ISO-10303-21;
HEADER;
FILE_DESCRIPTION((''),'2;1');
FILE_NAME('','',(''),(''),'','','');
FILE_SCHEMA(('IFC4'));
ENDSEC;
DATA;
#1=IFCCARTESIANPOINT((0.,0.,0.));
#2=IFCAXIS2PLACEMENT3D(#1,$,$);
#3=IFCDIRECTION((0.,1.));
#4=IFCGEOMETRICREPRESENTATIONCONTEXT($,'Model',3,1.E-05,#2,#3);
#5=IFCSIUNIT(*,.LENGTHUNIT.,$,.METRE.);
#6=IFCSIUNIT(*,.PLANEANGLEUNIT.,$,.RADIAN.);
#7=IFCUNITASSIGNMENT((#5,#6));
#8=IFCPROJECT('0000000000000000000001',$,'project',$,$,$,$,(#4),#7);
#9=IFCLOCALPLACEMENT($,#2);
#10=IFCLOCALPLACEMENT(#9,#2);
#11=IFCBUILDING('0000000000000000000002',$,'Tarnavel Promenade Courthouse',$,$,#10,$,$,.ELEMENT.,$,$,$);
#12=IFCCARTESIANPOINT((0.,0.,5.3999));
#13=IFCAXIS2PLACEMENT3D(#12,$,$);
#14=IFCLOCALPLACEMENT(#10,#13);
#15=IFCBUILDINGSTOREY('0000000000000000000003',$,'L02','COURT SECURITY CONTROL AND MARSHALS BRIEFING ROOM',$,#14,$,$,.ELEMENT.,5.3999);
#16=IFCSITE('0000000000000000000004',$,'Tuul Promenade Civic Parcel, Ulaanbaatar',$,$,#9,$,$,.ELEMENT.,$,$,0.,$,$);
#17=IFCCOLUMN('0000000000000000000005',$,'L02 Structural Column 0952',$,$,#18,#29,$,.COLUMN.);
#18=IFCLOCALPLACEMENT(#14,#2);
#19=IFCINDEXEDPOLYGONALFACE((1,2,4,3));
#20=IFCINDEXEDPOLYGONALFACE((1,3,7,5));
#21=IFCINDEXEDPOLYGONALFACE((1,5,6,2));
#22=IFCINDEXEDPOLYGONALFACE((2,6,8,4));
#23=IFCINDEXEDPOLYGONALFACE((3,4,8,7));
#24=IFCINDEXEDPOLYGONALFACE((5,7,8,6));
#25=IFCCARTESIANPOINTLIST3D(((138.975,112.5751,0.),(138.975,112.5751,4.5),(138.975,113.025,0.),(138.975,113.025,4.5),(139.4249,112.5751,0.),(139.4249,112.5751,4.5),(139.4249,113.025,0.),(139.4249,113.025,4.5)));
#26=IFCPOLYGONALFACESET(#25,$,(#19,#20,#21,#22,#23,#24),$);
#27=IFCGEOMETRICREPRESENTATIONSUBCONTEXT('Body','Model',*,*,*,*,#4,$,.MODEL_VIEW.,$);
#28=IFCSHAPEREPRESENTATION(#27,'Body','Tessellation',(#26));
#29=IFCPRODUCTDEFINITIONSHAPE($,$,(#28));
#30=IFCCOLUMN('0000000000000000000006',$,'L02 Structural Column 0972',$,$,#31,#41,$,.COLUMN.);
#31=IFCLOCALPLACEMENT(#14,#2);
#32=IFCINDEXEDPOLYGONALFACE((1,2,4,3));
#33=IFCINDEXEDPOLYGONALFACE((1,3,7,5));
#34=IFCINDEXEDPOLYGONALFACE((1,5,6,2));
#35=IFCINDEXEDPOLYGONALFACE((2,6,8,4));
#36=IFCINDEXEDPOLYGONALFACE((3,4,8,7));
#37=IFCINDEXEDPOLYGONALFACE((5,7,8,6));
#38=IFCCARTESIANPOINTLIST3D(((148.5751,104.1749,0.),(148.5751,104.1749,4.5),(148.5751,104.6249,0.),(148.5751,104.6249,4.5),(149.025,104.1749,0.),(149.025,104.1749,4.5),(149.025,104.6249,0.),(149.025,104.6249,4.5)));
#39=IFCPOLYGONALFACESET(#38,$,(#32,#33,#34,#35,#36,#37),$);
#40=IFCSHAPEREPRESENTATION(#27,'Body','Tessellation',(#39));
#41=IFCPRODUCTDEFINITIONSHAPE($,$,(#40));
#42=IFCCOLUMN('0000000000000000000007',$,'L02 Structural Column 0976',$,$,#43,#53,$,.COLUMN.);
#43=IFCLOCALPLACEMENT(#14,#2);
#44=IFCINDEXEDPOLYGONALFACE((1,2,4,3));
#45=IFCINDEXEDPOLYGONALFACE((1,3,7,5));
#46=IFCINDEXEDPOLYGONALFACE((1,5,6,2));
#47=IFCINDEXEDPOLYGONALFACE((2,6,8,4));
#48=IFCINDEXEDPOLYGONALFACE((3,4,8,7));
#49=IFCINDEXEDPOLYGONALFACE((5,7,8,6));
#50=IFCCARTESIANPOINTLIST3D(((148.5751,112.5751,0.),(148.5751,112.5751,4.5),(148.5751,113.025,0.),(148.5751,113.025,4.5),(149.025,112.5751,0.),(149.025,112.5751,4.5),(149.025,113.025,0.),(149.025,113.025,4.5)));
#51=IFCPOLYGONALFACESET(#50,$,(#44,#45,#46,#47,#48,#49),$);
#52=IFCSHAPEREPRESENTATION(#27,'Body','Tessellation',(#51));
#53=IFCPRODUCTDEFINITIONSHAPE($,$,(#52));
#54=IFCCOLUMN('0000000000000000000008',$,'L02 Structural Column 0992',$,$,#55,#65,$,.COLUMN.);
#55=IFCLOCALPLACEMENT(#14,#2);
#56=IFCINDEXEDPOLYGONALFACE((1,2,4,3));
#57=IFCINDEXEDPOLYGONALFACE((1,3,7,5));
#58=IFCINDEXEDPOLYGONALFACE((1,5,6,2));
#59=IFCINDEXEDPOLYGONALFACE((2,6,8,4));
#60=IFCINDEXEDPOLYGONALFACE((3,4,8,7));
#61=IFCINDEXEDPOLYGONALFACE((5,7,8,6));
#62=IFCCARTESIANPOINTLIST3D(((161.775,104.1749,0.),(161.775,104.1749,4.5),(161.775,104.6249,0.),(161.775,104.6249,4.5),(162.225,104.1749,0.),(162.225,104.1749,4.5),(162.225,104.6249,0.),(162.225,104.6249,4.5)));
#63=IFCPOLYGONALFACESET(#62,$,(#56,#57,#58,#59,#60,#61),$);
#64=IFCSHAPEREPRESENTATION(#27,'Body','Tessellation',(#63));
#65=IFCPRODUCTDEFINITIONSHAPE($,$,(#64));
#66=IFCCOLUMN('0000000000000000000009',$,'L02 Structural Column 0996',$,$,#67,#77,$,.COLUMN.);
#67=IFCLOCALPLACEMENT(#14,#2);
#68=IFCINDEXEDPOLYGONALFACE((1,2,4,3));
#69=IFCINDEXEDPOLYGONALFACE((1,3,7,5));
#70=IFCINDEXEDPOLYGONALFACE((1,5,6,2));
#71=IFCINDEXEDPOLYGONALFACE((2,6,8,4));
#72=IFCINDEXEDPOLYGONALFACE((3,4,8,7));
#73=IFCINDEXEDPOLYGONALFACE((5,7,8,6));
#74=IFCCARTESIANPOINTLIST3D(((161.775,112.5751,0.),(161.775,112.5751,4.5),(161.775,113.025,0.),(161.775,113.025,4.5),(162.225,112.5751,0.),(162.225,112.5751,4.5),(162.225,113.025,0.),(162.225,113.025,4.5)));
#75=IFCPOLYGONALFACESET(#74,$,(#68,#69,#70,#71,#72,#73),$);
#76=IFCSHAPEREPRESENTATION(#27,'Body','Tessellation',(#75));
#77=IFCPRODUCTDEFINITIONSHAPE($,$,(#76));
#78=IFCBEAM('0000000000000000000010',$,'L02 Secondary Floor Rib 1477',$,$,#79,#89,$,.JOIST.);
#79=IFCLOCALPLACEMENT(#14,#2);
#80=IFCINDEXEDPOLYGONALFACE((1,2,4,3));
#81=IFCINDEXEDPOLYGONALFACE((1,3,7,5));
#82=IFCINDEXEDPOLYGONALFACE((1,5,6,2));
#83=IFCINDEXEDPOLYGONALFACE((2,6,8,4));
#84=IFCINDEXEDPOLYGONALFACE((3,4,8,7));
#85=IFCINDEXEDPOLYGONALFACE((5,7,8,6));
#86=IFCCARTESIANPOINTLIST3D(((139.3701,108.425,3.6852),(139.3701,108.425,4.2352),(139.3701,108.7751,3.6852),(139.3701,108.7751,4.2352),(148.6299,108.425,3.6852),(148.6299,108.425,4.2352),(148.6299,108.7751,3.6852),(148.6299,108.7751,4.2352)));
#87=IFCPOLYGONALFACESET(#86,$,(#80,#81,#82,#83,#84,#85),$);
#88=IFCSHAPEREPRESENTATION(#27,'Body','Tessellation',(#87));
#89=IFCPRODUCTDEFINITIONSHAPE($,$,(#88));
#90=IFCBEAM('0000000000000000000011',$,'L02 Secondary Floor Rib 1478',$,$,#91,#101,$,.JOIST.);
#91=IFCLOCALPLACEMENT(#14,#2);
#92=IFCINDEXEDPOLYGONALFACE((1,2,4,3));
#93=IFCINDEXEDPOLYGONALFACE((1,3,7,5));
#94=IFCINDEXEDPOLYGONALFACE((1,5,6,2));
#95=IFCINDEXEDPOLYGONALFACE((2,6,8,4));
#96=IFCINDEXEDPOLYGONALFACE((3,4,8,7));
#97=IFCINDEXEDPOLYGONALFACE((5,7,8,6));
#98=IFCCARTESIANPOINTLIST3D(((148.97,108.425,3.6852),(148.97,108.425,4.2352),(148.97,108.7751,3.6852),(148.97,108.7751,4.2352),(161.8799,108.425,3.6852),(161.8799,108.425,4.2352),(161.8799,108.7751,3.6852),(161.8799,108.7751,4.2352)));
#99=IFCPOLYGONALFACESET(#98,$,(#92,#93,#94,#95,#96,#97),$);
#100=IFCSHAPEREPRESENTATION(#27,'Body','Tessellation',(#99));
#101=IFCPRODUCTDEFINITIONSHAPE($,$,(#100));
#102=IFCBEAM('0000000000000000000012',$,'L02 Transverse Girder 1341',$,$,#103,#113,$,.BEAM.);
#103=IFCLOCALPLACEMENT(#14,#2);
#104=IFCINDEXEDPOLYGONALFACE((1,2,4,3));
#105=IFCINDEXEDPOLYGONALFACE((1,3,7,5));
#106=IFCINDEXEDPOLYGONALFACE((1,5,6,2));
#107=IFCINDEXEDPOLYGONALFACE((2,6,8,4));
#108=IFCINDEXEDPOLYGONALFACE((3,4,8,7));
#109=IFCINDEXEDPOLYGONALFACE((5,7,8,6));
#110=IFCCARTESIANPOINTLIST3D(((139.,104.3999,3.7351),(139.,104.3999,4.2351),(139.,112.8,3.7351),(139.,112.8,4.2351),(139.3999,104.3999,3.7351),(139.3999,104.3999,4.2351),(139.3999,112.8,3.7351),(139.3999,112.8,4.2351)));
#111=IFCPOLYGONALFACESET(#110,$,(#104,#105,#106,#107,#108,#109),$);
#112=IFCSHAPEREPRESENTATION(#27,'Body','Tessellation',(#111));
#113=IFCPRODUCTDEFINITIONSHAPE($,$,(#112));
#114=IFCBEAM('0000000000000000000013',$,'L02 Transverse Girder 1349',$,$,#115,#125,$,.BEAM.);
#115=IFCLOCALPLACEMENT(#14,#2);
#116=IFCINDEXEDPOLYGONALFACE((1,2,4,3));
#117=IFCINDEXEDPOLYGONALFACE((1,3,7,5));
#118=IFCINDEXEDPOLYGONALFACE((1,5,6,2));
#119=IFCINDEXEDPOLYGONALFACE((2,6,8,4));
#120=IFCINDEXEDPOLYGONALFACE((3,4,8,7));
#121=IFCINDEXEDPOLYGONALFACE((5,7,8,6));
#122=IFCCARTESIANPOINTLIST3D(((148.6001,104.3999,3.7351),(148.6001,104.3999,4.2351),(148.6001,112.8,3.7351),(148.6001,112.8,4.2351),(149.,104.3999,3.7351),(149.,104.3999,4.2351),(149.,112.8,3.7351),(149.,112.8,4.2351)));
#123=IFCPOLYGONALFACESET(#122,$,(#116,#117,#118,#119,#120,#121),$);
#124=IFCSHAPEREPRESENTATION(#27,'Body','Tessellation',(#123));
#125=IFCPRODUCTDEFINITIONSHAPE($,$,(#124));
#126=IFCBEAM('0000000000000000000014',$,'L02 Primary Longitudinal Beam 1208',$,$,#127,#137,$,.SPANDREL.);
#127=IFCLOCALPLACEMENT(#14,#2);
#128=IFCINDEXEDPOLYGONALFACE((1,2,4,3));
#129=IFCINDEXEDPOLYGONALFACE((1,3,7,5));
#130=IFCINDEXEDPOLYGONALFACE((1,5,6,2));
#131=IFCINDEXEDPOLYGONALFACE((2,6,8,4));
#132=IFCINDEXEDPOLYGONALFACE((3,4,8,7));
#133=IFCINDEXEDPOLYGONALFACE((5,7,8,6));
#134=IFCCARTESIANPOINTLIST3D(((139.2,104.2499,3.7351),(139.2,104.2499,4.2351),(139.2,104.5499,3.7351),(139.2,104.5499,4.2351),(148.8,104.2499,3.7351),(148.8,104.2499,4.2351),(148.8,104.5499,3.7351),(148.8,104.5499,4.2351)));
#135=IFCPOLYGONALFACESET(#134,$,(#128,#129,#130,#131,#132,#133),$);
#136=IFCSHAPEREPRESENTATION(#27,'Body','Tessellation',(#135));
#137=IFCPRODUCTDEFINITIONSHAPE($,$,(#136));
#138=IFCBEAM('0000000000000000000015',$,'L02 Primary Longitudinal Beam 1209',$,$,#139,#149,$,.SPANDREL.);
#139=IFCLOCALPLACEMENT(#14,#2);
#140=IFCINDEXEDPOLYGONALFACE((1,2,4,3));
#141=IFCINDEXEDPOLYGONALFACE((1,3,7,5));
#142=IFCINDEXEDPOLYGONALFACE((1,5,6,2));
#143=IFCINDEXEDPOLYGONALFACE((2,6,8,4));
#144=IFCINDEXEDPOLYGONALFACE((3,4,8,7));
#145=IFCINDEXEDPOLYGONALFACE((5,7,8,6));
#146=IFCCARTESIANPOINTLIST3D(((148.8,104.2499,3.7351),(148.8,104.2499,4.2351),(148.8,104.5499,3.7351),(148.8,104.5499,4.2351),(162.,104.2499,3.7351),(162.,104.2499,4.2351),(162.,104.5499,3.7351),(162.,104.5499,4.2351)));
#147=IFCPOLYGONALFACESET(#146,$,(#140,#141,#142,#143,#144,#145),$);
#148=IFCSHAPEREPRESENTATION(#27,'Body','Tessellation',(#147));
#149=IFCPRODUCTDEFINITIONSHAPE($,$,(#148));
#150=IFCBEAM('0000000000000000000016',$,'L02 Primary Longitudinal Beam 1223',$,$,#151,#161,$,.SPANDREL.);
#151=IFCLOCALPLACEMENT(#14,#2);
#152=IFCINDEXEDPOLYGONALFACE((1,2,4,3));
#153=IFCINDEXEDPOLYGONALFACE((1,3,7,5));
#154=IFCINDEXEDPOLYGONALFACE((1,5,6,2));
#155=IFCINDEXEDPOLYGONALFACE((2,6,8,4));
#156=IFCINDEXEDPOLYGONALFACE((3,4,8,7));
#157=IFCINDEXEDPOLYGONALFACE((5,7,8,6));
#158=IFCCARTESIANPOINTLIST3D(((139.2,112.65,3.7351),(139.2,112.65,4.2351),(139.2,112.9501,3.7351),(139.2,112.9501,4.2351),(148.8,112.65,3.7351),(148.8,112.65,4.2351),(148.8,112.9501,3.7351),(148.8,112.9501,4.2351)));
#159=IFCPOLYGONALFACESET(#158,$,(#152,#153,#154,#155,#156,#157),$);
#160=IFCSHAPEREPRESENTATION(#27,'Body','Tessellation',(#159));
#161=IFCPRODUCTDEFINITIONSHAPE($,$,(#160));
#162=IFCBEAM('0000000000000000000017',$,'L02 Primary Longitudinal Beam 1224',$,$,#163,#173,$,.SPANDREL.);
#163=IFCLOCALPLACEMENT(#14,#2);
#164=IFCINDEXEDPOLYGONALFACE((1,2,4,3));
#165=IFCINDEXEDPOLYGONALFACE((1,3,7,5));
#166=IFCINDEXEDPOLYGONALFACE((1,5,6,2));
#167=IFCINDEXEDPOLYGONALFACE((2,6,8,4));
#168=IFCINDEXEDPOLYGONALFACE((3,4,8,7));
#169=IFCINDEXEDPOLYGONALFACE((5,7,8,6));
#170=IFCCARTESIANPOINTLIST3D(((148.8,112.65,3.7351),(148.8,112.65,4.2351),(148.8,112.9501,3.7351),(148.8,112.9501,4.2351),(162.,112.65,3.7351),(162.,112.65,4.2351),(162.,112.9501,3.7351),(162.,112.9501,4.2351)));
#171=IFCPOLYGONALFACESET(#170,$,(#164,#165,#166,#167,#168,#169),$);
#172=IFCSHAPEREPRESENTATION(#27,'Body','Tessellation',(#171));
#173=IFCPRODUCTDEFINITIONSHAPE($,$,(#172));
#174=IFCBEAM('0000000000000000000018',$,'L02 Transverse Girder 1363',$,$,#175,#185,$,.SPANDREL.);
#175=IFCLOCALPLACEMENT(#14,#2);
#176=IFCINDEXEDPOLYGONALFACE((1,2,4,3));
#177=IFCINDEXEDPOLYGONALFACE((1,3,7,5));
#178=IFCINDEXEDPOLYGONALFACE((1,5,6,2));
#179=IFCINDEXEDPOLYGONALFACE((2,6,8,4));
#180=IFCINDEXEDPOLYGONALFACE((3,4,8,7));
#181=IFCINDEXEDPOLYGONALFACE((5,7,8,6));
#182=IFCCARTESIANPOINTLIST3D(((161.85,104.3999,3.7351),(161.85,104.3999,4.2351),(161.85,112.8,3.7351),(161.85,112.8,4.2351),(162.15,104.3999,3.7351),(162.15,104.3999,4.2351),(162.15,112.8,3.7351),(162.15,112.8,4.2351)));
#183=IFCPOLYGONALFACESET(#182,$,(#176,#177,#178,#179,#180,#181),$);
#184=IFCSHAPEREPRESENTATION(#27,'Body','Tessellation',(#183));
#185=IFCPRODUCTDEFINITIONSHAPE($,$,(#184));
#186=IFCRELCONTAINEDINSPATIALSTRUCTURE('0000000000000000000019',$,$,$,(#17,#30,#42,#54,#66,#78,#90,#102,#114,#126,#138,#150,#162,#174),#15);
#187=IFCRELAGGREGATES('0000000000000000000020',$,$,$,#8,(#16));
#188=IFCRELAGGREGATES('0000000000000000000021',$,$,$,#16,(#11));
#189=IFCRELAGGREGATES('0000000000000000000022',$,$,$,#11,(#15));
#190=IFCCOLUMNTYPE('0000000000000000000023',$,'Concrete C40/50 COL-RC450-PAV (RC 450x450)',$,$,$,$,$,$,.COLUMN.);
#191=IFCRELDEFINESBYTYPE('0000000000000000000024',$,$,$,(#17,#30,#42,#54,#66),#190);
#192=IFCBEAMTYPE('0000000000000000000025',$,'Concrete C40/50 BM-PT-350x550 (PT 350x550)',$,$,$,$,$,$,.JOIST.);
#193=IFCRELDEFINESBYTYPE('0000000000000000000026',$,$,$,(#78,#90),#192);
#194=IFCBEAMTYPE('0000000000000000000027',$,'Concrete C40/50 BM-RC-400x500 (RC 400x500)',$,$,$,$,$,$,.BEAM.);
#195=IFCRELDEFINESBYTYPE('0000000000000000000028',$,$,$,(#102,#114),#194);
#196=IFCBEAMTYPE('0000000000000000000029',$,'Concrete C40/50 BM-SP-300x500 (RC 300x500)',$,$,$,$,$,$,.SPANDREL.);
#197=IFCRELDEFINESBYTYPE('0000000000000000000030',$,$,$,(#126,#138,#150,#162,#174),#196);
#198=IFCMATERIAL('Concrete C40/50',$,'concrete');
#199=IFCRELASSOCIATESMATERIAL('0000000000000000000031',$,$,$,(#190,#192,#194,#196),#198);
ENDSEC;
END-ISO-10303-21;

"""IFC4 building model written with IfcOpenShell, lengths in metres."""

from ifc_helpers import new_model, si_unit, direction, frame, origin, origin_2d, place, context, subcontext, project, spatial, rectangle, extrude, material, material_profile, profile_set, type_object, element, save


model = new_model("IFC4")

# Units and contexts
model_context = context("Model", 3, precision=1e-05, world=origin(), true_north=direction((0.0, 1.0)))
body_context = subcontext(model_context, "Body", "Model", "MODEL_VIEW")
ifc_project = project(units=[si_unit("LENGTHUNIT", "METRE"), si_unit("PLANEANGLEUNIT", "RADIAN")], contexts=[model_context])

# Site, building, storey
site_placement = place(None, origin())
site = spatial("IfcSite", under=ifc_project, at=site_placement, Name="Tuul Promenade Civic Parcel, Ulaanbaatar", CompositionType="ELEMENT", RefElevation=0.0)
building_placement = place(site_placement, origin())
building = spatial("IfcBuilding", under=site, at=building_placement, Name="Tarnavel Promenade Courthouse", CompositionType="ELEMENT")
storey_placement = place(building_placement, frame((0.0, 0.0, 5.3999)))
storey = spatial("IfcBuildingStorey", under=building, at=storey_placement, Name="L02", Description="COURT SECURITY CONTROL AND MARSHALS BRIEFING ROOM", CompositionType="ELEMENT", Elevation=5.3999)

# Columns
ifc_material_1 = material(Name="Concrete C40/50", Category="concrete")
ifc_material_profile_1 = material_profile(ifc_material_1, rectangle(XDim=0.45, YDim=0.45, at=origin_2d()), Name="RC 450x450")
ifc_profile_set_1 = profile_set([ifc_material_profile_1], Name="Concrete C40/50")
column_type = type_object("IfcColumnType", Name="Concrete C40/50 COL-RC450-PAV (RC 450x450)", PredefinedType="COLUMN", material=ifc_profile_set_1)
for number, where, z_axis, x_axis, name in (
    (1, (139.2, 112.8, 0.0), (0.0, 0.0, 1.0), (1.0, 0.0, 0.0), "L02 Structural Column 0952"),
    (2, (148.8, 104.3999, 0.0), (0.0, 0.0, 1.0), (1.0, 0.0, 0.0), "L02 Structural Column 0972"),
    (3, (148.8, 112.8, 0.0), (0.0, 0.0, 1.0), (1.0, 0.0, 0.0), "L02 Structural Column 0976"),
    (4, (162.0, 104.3999, 0.0), (0.0, 0.0, 1.0), (1.0, 0.0, 0.0), "L02 Structural Column 0992"),
    (5, (162.0, 112.8, 0.0), (0.0, 0.0, 1.0), (1.0, 0.0, 0.0), "L02 Structural Column 0996"),
):
    element("IfcColumn", number, at=place(storey_placement, frame(where, z_axis=z_axis, x_axis=x_axis)), inside=storey, type_object=column_type, Name=name, PredefinedType="COLUMN", context=body_context, shape_type="SweptSolid", body=[
        extrude(rectangle(XDim=0.45, YDim=0.45, at=origin_2d()), origin(), (0.0, 0.0, 1.0), 4.5),
    ])

# Beams
ifc_material_profile_2 = material_profile(ifc_material_1, rectangle(XDim=0.3501, YDim=0.55, at=origin_2d()), Name="PT 350x550")
ifc_profile_set_2 = profile_set([ifc_material_profile_2], Name="Concrete C40/50")
beam_type_1 = type_object("IfcBeamType", Name="Concrete C40/50 BM-PT-350x550 (PT 350x550)", PredefinedType="JOIST", material=ifc_profile_set_2)
beam_1_placement = place(storey_placement, frame((139.3701, 108.6001, 3.9602), z_axis=(1.0, 0.0, 0.0), x_axis=(0.0, 1.0, 0.0)))
element("IfcBeam", 6, at=beam_1_placement, inside=storey, type_object=beam_type_1, Name="L02 Secondary Floor Rib 1477", PredefinedType="JOIST", context=body_context, shape_type="SweptSolid", body=[
    extrude(rectangle(XDim=0.3501, YDim=0.55, at=origin_2d()), origin(), (0.0, 0.0, 1.0), 9.2598),
])
beam_2_placement = place(storey_placement, frame((148.97, 108.6001, 3.9602), z_axis=(1.0, 0.0, 0.0), x_axis=(0.0, 1.0, 0.0)))
element("IfcBeam", 7, at=beam_2_placement, inside=storey, type_object=beam_type_1, Name="L02 Secondary Floor Rib 1478", PredefinedType="JOIST", context=body_context, shape_type="SweptSolid", body=[
    extrude(rectangle(XDim=0.3501, YDim=0.55, at=origin_2d()), origin(), (0.0, 0.0, 1.0), 12.9099),
])
ifc_material_profile_3 = material_profile(ifc_material_1, rectangle(XDim=0.3999, YDim=0.5, at=origin_2d()), Name="RC 400x500")
ifc_profile_set_3 = profile_set([ifc_material_profile_3], Name="Concrete C40/50")
beam_type_2 = type_object("IfcBeamType", Name="Concrete C40/50 BM-RC-400x500 (RC 400x500)", PredefinedType="BEAM", material=ifc_profile_set_3)
for number, where, z_axis, x_axis, name in (
    (8, (139.2, 104.3999, 3.9851), (0.0, 1.0, 0.0), (-1.0, 0.0, 0.0), "L02 Transverse Girder 1341"),
    (9, (148.8, 104.3999, 3.9851), (0.0, 1.0, 0.0), (-1.0, 0.0, 0.0), "L02 Transverse Girder 1349"),
):
    element("IfcBeam", number, at=place(storey_placement, frame(where, z_axis=z_axis, x_axis=x_axis)), inside=storey, type_object=beam_type_2, Name=name, PredefinedType="BEAM", context=body_context, shape_type="SweptSolid", body=[
        extrude(rectangle(XDim=0.3999, YDim=0.5, at=origin_2d()), origin(), (0.0, 0.0, 1.0), 8.4001),
    ])
ifc_material_profile_4 = material_profile(ifc_material_1, rectangle(XDim=0.3, YDim=0.5, at=origin_2d()), Name="RC 300x500")
ifc_profile_set_4 = profile_set([ifc_material_profile_4], Name="Concrete C40/50")
beam_type_3 = type_object("IfcBeamType", Name="Concrete C40/50 BM-SP-300x500 (RC 300x500)", PredefinedType="SPANDREL", material=ifc_profile_set_4)
beam_3_placement = place(storey_placement, frame((139.2, 104.3999, 3.9851), z_axis=(1.0, 0.0, 0.0), x_axis=(0.0, 1.0, 0.0)))
element("IfcBeam", 10, at=beam_3_placement, inside=storey, type_object=beam_type_3, Name="L02 Primary Longitudinal Beam 1208", PredefinedType="SPANDREL", context=body_context, shape_type="SweptSolid", body=[
    extrude(rectangle(XDim=0.3, YDim=0.5, at=origin_2d()), origin(), (0.0, 0.0, 1.0), 9.6001),
])
beam_4_placement = place(storey_placement, frame((148.8, 104.3999, 3.9851), z_axis=(1.0, 0.0, 0.0), x_axis=(0.0, 1.0, 0.0)))
element("IfcBeam", 11, at=beam_4_placement, inside=storey, type_object=beam_type_3, Name="L02 Primary Longitudinal Beam 1209", PredefinedType="SPANDREL", context=body_context, shape_type="SweptSolid", body=[
    extrude(rectangle(XDim=0.3, YDim=0.5, at=origin_2d()), origin(), (0.0, 0.0, 1.0), 13.2),
])
beam_5_placement = place(storey_placement, frame((139.2, 112.8, 3.9851), z_axis=(1.0, 0.0, 0.0), x_axis=(0.0, 1.0, 0.0)))
element("IfcBeam", 12, at=beam_5_placement, inside=storey, type_object=beam_type_3, Name="L02 Primary Longitudinal Beam 1223", PredefinedType="SPANDREL", context=body_context, shape_type="SweptSolid", body=[
    extrude(rectangle(XDim=0.3, YDim=0.5, at=origin_2d()), origin(), (0.0, 0.0, 1.0), 9.6001),
])
beam_6_placement = place(storey_placement, frame((148.8, 112.8, 3.9851), z_axis=(1.0, 0.0, 0.0), x_axis=(0.0, 1.0, 0.0)))
element("IfcBeam", 13, at=beam_6_placement, inside=storey, type_object=beam_type_3, Name="L02 Primary Longitudinal Beam 1224", PredefinedType="SPANDREL", context=body_context, shape_type="SweptSolid", body=[
    extrude(rectangle(XDim=0.3, YDim=0.5, at=origin_2d()), origin(), (0.0, 0.0, 1.0), 13.2),
])
beam_7_placement = place(storey_placement, frame((162.0, 104.3999, 3.9851), z_axis=(0.0, 1.0, 0.0), x_axis=(-1.0, 0.0, 0.0)))
element("IfcBeam", 14, at=beam_7_placement, inside=storey, type_object=beam_type_3, Name="L02 Transverse Girder 1363", PredefinedType="SPANDREL", context=body_context, shape_type="SweptSolid", body=[
    extrude(rectangle(XDim=0.3, YDim=0.5, at=origin_2d()), origin(), (0.0, 0.0, 1.0), 8.4001),
])

save(model, "model.ifc")
